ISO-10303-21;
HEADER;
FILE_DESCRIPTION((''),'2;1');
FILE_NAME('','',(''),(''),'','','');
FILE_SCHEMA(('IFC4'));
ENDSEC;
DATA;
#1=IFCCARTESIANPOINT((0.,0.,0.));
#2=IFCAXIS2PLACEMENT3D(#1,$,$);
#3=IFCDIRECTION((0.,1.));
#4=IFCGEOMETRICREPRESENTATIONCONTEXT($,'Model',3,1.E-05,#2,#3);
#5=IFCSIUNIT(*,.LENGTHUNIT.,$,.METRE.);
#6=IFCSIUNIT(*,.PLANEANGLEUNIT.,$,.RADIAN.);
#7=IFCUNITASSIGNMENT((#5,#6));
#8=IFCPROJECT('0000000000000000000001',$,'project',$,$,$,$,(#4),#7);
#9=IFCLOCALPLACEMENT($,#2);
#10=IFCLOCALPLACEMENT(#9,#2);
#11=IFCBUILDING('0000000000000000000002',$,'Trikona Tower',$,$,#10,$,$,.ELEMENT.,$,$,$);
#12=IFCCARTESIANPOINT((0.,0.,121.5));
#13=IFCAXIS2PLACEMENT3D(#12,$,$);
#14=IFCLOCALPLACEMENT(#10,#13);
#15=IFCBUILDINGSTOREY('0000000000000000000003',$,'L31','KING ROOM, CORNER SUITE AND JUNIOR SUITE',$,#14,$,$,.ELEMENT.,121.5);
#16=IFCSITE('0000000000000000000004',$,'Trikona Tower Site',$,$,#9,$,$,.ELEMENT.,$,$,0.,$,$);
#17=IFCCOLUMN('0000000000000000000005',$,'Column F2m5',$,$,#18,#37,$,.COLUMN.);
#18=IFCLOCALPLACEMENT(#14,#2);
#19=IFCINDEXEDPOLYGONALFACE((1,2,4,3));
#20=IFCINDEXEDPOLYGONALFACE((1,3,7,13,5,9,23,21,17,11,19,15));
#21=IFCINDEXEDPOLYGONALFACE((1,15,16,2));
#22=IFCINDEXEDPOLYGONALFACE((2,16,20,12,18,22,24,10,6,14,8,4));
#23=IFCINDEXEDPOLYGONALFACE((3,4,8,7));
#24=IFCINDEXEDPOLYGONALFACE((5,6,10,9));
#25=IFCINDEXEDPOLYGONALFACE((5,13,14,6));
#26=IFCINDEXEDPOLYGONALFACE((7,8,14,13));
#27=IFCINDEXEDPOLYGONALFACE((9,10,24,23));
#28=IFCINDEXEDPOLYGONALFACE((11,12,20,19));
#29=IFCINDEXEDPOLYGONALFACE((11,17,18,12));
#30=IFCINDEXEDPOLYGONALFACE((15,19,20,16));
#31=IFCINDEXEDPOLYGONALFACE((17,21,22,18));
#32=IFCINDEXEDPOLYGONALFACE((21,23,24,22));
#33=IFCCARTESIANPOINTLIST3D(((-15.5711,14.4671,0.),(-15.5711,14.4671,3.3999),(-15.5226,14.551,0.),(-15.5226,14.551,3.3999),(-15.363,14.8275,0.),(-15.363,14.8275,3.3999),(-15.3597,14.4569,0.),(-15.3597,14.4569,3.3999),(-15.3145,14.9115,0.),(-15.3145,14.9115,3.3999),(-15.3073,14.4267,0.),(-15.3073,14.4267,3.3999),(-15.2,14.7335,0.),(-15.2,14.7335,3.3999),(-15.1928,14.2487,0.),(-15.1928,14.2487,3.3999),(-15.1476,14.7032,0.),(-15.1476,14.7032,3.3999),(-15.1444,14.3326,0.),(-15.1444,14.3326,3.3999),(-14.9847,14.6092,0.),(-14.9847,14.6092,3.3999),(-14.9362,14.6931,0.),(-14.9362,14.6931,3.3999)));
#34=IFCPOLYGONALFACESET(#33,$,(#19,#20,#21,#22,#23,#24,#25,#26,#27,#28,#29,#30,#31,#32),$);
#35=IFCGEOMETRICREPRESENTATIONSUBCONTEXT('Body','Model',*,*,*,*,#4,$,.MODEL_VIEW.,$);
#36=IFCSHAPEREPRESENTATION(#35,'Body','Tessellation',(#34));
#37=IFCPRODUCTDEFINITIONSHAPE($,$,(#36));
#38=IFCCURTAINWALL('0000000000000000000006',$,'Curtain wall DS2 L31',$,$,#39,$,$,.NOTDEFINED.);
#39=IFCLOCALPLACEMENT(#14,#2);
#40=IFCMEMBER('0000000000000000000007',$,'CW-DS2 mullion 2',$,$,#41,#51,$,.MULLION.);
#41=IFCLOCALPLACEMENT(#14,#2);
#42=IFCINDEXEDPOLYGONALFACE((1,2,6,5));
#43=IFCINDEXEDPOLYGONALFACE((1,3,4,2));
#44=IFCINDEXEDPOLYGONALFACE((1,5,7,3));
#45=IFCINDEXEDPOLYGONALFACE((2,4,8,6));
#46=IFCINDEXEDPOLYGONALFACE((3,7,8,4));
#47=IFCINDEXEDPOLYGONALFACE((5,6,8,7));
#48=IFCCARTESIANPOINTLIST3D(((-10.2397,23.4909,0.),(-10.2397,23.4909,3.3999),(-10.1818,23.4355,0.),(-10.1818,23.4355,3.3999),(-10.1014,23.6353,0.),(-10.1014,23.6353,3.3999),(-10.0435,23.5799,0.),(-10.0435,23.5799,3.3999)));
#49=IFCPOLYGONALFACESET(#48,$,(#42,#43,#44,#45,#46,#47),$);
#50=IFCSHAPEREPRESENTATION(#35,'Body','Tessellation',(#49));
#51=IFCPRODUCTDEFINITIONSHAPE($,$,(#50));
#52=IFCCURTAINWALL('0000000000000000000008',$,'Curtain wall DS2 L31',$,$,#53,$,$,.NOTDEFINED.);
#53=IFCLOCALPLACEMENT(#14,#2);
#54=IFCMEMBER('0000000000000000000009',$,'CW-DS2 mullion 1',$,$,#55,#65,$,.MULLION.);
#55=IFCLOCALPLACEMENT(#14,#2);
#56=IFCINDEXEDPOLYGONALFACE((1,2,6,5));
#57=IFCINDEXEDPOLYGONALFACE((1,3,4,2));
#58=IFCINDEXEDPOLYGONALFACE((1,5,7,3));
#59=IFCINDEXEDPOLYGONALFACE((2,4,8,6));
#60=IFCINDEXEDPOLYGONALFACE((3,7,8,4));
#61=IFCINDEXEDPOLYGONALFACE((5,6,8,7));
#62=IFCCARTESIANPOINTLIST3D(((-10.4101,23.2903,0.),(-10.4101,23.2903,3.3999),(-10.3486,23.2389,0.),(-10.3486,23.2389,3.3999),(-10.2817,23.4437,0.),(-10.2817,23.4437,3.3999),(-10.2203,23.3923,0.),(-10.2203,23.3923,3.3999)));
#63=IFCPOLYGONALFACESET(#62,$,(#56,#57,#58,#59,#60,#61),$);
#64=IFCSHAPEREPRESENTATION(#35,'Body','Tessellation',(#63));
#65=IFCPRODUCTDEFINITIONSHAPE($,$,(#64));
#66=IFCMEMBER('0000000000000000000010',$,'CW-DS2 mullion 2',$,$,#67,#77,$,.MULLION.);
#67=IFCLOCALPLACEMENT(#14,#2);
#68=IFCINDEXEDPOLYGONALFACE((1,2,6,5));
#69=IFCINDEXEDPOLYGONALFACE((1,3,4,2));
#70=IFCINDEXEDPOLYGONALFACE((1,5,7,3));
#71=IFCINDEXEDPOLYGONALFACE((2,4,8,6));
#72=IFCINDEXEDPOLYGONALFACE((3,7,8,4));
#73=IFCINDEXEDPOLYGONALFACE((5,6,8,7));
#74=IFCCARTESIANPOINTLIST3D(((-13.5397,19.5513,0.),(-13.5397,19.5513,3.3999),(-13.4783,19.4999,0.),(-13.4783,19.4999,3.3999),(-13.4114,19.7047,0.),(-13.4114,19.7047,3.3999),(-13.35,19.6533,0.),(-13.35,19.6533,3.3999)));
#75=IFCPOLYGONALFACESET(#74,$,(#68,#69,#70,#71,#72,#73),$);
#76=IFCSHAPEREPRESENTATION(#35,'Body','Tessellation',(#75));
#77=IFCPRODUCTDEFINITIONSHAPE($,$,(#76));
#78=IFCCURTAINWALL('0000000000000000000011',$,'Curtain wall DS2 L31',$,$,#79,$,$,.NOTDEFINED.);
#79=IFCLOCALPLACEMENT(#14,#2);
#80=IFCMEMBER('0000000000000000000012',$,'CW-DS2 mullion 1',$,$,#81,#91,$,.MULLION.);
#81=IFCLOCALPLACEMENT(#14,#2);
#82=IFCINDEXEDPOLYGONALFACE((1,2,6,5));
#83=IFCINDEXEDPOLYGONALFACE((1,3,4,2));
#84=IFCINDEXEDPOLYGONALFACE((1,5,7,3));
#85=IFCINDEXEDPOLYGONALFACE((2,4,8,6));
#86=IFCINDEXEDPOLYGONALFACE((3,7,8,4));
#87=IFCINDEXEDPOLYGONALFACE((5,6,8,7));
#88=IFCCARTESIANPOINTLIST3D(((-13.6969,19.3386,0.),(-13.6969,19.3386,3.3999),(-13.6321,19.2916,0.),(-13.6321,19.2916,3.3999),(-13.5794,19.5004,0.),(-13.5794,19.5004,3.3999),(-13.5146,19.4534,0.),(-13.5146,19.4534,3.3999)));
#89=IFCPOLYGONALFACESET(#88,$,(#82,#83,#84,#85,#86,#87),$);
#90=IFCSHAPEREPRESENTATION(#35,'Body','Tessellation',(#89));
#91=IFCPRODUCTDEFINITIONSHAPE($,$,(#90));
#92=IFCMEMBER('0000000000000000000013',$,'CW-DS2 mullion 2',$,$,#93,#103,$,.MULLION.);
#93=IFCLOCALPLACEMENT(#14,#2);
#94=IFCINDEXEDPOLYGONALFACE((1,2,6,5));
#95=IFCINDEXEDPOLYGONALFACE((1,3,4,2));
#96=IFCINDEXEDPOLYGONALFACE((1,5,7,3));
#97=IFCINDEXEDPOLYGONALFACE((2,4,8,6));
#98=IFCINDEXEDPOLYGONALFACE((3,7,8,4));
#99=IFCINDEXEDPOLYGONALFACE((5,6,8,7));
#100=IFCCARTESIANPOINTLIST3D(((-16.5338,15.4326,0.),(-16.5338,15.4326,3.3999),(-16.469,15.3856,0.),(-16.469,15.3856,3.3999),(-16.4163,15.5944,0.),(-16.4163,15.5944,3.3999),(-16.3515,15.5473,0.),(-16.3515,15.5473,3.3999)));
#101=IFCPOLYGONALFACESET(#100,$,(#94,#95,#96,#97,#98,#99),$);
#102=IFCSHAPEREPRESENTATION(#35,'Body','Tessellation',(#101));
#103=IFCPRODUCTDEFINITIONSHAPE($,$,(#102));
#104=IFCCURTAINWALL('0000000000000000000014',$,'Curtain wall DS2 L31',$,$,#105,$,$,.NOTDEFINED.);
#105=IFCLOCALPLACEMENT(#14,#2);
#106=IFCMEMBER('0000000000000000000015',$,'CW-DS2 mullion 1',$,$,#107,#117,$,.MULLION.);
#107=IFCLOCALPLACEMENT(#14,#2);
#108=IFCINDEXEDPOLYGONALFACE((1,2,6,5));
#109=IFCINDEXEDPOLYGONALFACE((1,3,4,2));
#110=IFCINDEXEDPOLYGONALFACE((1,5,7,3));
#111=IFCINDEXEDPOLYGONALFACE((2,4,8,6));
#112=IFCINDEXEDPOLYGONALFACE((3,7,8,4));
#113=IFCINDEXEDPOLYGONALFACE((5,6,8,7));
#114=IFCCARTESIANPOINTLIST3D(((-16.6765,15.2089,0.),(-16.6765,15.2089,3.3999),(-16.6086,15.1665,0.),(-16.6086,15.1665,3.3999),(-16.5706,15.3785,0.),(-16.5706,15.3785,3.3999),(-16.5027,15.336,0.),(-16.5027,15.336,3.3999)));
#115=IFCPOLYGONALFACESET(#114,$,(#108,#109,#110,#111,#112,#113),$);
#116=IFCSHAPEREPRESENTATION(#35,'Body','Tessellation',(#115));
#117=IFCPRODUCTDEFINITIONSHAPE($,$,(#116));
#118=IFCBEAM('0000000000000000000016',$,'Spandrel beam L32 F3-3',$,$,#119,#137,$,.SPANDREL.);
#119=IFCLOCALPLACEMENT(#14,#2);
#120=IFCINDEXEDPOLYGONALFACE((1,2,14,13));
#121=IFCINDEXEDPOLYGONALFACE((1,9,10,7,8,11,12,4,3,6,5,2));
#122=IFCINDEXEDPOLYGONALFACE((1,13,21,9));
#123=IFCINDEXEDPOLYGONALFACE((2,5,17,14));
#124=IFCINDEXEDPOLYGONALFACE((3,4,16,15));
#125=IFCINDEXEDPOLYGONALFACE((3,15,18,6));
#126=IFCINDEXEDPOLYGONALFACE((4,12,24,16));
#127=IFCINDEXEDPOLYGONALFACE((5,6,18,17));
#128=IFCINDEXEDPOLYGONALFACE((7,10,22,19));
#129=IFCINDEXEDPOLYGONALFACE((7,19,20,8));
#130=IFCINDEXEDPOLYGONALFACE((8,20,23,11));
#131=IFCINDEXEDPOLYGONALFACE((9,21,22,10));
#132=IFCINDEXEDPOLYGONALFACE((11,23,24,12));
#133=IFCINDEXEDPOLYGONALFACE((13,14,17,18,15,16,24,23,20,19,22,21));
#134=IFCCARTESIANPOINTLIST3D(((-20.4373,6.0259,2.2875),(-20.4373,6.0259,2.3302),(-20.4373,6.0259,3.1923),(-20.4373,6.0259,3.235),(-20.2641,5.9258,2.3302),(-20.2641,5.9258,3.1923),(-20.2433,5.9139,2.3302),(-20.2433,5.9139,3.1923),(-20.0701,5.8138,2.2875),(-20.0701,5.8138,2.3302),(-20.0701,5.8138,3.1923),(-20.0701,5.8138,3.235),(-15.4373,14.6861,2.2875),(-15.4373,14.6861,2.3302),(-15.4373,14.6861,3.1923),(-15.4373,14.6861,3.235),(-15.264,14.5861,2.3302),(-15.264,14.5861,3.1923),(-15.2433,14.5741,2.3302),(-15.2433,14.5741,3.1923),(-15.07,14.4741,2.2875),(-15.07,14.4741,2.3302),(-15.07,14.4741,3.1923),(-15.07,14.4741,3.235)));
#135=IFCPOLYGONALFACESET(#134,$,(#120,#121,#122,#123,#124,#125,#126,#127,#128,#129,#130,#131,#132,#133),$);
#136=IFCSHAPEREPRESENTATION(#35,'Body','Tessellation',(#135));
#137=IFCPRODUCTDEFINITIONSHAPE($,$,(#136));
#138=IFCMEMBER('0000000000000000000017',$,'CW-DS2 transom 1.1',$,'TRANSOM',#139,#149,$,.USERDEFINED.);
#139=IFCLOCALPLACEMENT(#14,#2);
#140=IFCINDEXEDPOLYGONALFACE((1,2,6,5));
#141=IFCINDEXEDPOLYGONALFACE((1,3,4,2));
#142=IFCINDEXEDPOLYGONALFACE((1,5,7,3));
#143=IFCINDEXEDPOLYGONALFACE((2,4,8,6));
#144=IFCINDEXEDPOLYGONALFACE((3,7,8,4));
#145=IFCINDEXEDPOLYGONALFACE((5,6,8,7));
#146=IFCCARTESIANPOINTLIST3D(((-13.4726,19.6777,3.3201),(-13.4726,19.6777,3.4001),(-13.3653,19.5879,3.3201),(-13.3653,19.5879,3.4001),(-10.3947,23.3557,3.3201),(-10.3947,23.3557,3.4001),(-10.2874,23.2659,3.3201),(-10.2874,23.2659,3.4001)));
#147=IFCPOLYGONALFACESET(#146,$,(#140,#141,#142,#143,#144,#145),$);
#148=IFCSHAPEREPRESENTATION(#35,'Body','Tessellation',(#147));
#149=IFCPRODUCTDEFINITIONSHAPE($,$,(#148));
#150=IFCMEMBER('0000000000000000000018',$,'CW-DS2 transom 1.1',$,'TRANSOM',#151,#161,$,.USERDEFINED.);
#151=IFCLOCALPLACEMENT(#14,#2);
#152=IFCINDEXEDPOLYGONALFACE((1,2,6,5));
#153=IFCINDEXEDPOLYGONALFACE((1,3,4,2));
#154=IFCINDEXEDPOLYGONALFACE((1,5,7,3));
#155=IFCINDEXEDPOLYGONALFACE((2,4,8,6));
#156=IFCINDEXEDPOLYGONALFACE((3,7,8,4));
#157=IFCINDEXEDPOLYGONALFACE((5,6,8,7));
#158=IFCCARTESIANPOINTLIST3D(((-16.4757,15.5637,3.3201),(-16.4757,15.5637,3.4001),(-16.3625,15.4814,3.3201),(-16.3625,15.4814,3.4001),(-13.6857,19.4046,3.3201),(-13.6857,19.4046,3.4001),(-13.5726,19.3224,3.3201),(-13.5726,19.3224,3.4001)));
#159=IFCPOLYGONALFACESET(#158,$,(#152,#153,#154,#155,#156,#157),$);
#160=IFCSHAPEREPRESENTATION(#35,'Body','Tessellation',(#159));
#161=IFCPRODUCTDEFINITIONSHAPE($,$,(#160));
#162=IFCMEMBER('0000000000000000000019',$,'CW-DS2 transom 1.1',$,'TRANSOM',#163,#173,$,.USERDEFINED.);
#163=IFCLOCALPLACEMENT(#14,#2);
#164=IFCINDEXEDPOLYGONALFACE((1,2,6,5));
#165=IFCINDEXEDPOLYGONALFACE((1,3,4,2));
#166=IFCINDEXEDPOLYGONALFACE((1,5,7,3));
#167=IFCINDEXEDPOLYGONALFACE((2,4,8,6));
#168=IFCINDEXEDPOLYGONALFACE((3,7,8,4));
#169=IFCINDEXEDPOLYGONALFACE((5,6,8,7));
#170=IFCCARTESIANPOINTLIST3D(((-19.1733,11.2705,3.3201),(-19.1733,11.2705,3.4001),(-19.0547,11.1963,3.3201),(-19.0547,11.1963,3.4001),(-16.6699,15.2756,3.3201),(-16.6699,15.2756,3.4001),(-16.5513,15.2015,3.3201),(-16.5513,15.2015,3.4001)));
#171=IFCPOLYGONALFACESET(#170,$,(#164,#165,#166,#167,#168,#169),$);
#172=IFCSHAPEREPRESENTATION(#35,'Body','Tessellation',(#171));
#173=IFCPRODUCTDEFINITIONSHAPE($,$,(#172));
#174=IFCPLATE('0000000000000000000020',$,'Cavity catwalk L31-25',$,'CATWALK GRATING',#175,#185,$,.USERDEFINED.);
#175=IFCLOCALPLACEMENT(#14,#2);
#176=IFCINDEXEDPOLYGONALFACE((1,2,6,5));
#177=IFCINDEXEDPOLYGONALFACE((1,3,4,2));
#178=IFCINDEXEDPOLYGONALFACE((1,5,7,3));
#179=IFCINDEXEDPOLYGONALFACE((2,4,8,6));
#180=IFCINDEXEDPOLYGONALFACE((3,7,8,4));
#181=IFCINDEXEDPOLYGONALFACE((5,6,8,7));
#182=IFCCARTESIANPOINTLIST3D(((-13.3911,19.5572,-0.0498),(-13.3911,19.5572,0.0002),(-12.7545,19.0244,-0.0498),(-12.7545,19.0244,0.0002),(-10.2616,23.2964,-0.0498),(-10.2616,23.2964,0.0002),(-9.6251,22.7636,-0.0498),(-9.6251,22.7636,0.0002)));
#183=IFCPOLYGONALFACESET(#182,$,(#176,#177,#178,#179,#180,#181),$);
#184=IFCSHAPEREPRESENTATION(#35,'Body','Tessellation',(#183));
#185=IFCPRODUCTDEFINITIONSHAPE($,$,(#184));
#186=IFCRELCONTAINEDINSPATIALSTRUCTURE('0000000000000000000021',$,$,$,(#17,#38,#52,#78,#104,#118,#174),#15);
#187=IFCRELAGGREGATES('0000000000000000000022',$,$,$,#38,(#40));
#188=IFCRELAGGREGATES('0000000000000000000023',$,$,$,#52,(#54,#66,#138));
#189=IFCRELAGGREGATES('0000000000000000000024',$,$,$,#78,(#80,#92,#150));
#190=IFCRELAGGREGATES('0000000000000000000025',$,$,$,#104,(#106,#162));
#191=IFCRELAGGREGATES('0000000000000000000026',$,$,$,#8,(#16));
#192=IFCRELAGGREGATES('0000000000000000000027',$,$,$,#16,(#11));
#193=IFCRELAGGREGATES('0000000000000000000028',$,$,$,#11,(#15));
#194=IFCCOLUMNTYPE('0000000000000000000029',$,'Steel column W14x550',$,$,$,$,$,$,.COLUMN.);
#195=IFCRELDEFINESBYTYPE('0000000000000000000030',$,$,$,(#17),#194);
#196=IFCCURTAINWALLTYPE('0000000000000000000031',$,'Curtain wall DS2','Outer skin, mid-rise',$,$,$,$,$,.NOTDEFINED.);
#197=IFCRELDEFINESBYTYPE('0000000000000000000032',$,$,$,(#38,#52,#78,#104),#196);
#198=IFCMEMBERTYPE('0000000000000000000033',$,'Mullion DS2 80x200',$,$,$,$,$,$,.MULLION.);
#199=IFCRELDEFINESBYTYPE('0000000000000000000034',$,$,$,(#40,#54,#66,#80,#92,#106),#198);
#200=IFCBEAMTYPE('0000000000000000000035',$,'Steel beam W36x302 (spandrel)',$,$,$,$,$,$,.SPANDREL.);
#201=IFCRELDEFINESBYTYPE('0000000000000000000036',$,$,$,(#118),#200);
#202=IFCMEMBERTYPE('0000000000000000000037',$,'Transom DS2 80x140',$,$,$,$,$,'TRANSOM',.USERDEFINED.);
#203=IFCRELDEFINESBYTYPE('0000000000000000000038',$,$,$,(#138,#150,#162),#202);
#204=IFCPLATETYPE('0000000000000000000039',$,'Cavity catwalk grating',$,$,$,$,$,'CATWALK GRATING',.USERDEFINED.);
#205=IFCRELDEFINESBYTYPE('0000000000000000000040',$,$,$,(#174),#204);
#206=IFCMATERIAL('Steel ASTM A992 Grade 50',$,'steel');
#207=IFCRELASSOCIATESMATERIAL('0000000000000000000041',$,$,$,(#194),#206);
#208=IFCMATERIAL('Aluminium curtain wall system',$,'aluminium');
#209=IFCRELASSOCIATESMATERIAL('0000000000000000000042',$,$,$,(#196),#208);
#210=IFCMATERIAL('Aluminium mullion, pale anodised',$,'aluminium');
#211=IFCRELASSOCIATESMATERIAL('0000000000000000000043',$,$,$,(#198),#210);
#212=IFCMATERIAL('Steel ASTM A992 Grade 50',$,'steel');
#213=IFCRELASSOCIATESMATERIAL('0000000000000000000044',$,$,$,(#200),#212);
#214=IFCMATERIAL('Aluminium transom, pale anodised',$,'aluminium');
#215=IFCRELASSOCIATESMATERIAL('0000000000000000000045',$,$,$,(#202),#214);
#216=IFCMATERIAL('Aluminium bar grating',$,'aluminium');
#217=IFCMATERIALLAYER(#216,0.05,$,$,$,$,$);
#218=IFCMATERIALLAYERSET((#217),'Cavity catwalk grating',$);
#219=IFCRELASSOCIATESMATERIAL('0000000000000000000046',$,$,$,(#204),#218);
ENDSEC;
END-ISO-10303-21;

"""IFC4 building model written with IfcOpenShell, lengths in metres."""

from ifc_helpers import new_model, si_unit, direction, frame, origin, origin_2d, place, context, subcontext, project, spatial, rectangle, i_section, extrude, material, layer, layer_set, material_profile, profile_set, type_object, element, aggregate, save


model = new_model("IFC4")

# Units and contexts
model_context = context("Model", 3, precision=1e-05, world=origin(), true_north=direction((0.0, 1.0)))
body_context = subcontext(model_context, "Body", "Model", "MODEL_VIEW")
ifc_project = project(units=[si_unit("LENGTHUNIT", "METRE"), si_unit("PLANEANGLEUNIT", "RADIAN")], contexts=[model_context])

# Site, building, storey
site_placement = place(None, origin())
site = spatial("IfcSite", under=ifc_project, at=site_placement, Name="Trikona Tower Site", CompositionType="ELEMENT", RefElevation=0.0)
building_placement = place(site_placement, origin())
building = spatial("IfcBuilding", under=site, at=building_placement, Name="Trikona Tower", CompositionType="ELEMENT")
storey_placement = place(building_placement, frame((0.0, 0.0, 121.5)))
storey = spatial("IfcBuildingStorey", under=building, at=storey_placement, Name="L31", Description="KING ROOM, CORNER SUITE AND JUNIOR SUITE", CompositionType="ELEMENT", Elevation=121.5)

# Column
ifc_material_1 = material(Name="Steel ASTM A992 Grade 50", Category="steel")
ifc_material_profile_1 = material_profile(ifc_material_1, i_section(OverallWidth=0.4368, OverallDepth=0.5132, WebThickness=0.0605, FlangeThickness=0.0969, at=origin_2d()), Name="W14X550")
ifc_profile_set_1 = profile_set([ifc_material_profile_1], Name="Steel ASTM A992 Grade 50")
column_type = type_object("IfcColumnType", Name="Steel column W14x550", PredefinedType="COLUMN", material=ifc_profile_set_1)
column_placement = place(storey_placement, frame((-15.2537, 14.5801, 0.0), z_axis=(0.0, 0.0, 1.0), x_axis=(-0.866025, 0.5, 0.0)))
element("IfcColumn", 1, at=column_placement, inside=storey, type_object=column_type, Name="Column F2m5", PredefinedType="COLUMN", context=body_context, shape_type="SweptSolid", body=[
    extrude(i_section(OverallWidth=0.4368, OverallDepth=0.5132, WebThickness=0.0605, FlangeThickness=0.0969, at=origin_2d()), origin(), (0.0, 0.0, 1.0), 3.3999),
])

# Curtain wall, member
ifc_material_2 = material(Name="Aluminium curtain wall system", Category="aluminium")
curtain_wall_type = type_object("IfcCurtainWallType", Name="Curtain wall DS2", Description="Outer skin, mid-rise", PredefinedType="NOTDEFINED", material=ifc_material_2)
curtain_wall_1_placement = place(storey_placement, origin())
curtain_wall_1 = element("IfcCurtainWall", 2, at=curtain_wall_1_placement, inside=storey, type_object=curtain_wall_type, Name="Curtain wall DS2 L31", PredefinedType="NOTDEFINED")
ifc_material_3 = material(Name="Aluminium mullion, pale anodised", Category="aluminium")
ifc_material_profile_2 = material_profile(ifc_material_3, rectangle(XDim=0.0801, YDim=0.2, at=origin_2d()), Name="MUL-DS2")
ifc_profile_set_2 = profile_set([ifc_material_profile_2], Name="Aluminium mullion, pale anodised")
member_type_1 = type_object("IfcMemberType", Name="Mullion DS2 80x200", PredefinedType="MULLION", material=ifc_profile_set_2)
member_1_placement = place(storey_placement, frame((-10.1416, 23.5354, 0.0), z_axis=(0.0, 0.0, 1.0), x_axis=(0.722158, -0.691728, 0.0)))
member_1 = element("IfcMember", 3, at=member_1_placement, type_object=member_type_1, Name="CW-DS2 mullion 2", PredefinedType="MULLION", context=body_context, shape_type="SweptSolid", body=[
    extrude(rectangle(XDim=0.0801, YDim=0.2, at=origin_2d()), origin(), (0.0, 0.0, 1.0), 3.3999),
])
aggregate(curtain_wall_1, [member_1])

# Curtain walls, members
curtain_wall_2_placement = place(storey_placement, origin())
curtain_wall_2 = element("IfcCurtainWall", 4, at=curtain_wall_2_placement, inside=storey, type_object=curtain_wall_type, Name="Curtain wall DS2 L31", PredefinedType="NOTDEFINED")
member_2_placement = place(storey_placement, frame((-10.3152, 23.3413, 0.0), z_axis=(0.0, 0.0, 1.0), x_axis=(0.766867, -0.641806, 0.0)))
member_2 = element("IfcMember", 5, at=member_2_placement, type_object=member_type_1, Name="CW-DS2 mullion 1", PredefinedType="MULLION", context=body_context, shape_type="SweptSolid", body=[
    extrude(rectangle(XDim=0.0801, YDim=0.2, at=origin_2d()), origin(), (0.0, 0.0, 1.0), 3.3999),
])
member_3_placement = place(storey_placement, frame((-13.4448, 19.6023, 0.0), z_axis=(0.0, 0.0, 1.0), x_axis=(0.766867, -0.641806, 0.0)))
member_3 = element("IfcMember", 6, at=member_3_placement, type_object=member_type_1, Name="CW-DS2 mullion 2", PredefinedType="MULLION", context=body_context, shape_type="SweptSolid", body=[
    extrude(rectangle(XDim=0.0801, YDim=0.2, at=origin_2d()), origin(), (0.0, 0.0, 1.0), 3.3999),
])
curtain_wall_3_placement = place(storey_placement, origin())
curtain_wall_3 = element("IfcCurtainWall", 7, at=curtain_wall_3_placement, inside=storey, type_object=curtain_wall_type, Name="Curtain wall DS2 L31", PredefinedType="NOTDEFINED")
member_4_placement = place(storey_placement, frame((-13.6057, 19.396, 0.0), z_axis=(0.0, 0.0, 1.0), x_axis=(0.809086, -0.587691, 0.0)))
member_4 = element("IfcMember", 8, at=member_4_placement, type_object=member_type_1, Name="CW-DS2 mullion 1", PredefinedType="MULLION", context=body_context, shape_type="SweptSolid", body=[
    extrude(rectangle(XDim=0.0801, YDim=0.2, at=origin_2d()), origin(), (0.0, 0.0, 1.0), 3.3999),
])
member_5_placement = place(storey_placement, frame((-16.4426, 15.49, 0.0), z_axis=(0.0, 0.0, 1.0), x_axis=(0.809086, -0.587691, 0.0)))
member_5 = element("IfcMember", 9, at=member_5_placement, type_object=member_type_1, Name="CW-DS2 mullion 2", PredefinedType="MULLION", context=body_context, shape_type="SweptSolid", body=[
    extrude(rectangle(XDim=0.0801, YDim=0.2, at=origin_2d()), origin(), (0.0, 0.0, 1.0), 3.3999),
])

# Curtain wall, member
curtain_wall_4_placement = place(storey_placement, origin())
curtain_wall_4 = element("IfcCurtainWall", 10, at=curtain_wall_4_placement, inside=storey, type_object=curtain_wall_type, Name="Curtain wall DS2 L31", PredefinedType="NOTDEFINED")
member_6_placement = place(storey_placement, frame((-16.5896, 15.2725, 0.0), z_axis=(0.0, 0.0, 1.0), x_axis=(0.847998, -0.529999, 0.0)))
member_6 = element("IfcMember", 11, at=member_6_placement, type_object=member_type_1, Name="CW-DS2 mullion 1", PredefinedType="MULLION", context=body_context, shape_type="SweptSolid", body=[
    extrude(rectangle(XDim=0.0801, YDim=0.2, at=origin_2d()), origin(), (0.0, 0.0, 1.0), 3.3999),
])

# Beam
ifc_material_4 = material(Name="Steel ASTM A992 Grade 50", Category="steel")
ifc_material_profile_3 = material_profile(ifc_material_4, i_section(OverallWidth=0.4241, OverallDepth=0.9475, WebThickness=0.0239, FlangeThickness=0.0427, at=origin_2d()), Name="W36X302")
ifc_profile_set_3 = profile_set([ifc_material_profile_3], Name="Steel ASTM A992 Grade 50")
beam_type = type_object("IfcBeamType", Name="Steel beam W36x302 (spandrel)", PredefinedType="SPANDREL", material=ifc_profile_set_3)
beam_placement = place(storey_placement, frame((-15.2537, 14.5801, 2.7612), z_axis=(-0.500004, -0.866023, 0.0), x_axis=(0.866023, -0.500004, 0.0)))
element("IfcBeam", 12, at=beam_placement, inside=storey, type_object=beam_type, Name="Spandrel beam L32 F3-3", PredefinedType="SPANDREL", context=body_context, shape_type="SweptSolid", body=[
    extrude(i_section(OverallWidth=0.4241, OverallDepth=0.9475, WebThickness=0.0239, FlangeThickness=0.0427, at=origin_2d()), origin(), (0.0, 0.0, 1.0), 10.0),
])

# Members
ifc_material_5 = material(Name="Aluminium transom, pale anodised", Category="aluminium")
ifc_material_profile_4 = material_profile(ifc_material_5, rectangle(XDim=0.1399, YDim=0.0801, at=origin_2d()), Name="TRN-DS2")
ifc_profile_set_4 = profile_set([ifc_material_profile_4], Name="Aluminium transom, pale anodised")
member_type_2 = type_object("IfcMemberType", Name="Transom DS2 80x140", ElementType="TRANSOM", PredefinedType="USERDEFINED", material=ifc_profile_set_4)
member_7_placement = place(storey_placement, frame((-10.3411, 23.3108, 3.3601), z_axis=(-0.64177, -0.766897, 0.0), x_axis=(0.766897, -0.64177, 0.0)))
member_7 = element("IfcMember", 13, at=member_7_placement, type_object=member_type_2, Name="CW-DS2 transom 1.1", ObjectType="TRANSOM", PredefinedType="USERDEFINED", context=body_context, shape_type="SweptSolid", body=[
    extrude(rectangle(XDim=0.1399, YDim=0.0801, at=origin_2d()), origin(), (0.0, 0.0, 1.0), 4.7959),
])
member_8_placement = place(storey_placement, frame((-13.6292, 19.3635, 3.3601), z_axis=(-0.587695, -0.809083, 0.0), x_axis=(0.809083, -0.587695, 0.0)))
member_8 = element("IfcMember", 14, at=member_8_placement, type_object=member_type_2, Name="CW-DS2 transom 1.1", ObjectType="TRANSOM", PredefinedType="USERDEFINED", context=body_context, shape_type="SweptSolid", body=[
    extrude(rectangle(XDim=0.1399, YDim=0.0801, at=origin_2d()), origin(), (0.0, 0.0, 1.0), 4.7473),
])
member_9_placement = place(storey_placement, frame((-16.6106, 15.2385, 3.3601), z_axis=(-0.530031, -0.847978, 0.0), x_axis=(0.847978, -0.530031, 0.0)))
member_9 = element("IfcMember", 15, at=member_9_placement, type_object=member_type_2, Name="CW-DS2 transom 1.1", ObjectType="TRANSOM", PredefinedType="USERDEFINED", context=body_context, shape_type="SweptSolid", body=[
    extrude(rectangle(XDim=0.1399, YDim=0.0801, at=origin_2d()), origin(), (0.0, 0.0, 1.0), 4.7231),
])

# Plate
ifc_material_6 = material(Name="Aluminium bar grating", Category="aluminium")
ifc_layer_1 = layer(ifc_material_6, 0.05)
ifc_layer_set_1 = layer_set([ifc_layer_1], Name="Cavity catwalk grating")
plate_type_1 = type_object("IfcPlateType", Name="Cavity catwalk grating", ElementType="CATWALK GRATING", PredefinedType="USERDEFINED", material=ifc_layer_set_1)
plate_1_placement = place(storey_placement, frame((-11.5081, 21.1604, -0.0498), z_axis=(0.0, 0.0, 1.0), x_axis=(-0.641807, -0.766866, 0.0)))
element("IfcPlate", 16, at=plate_1_placement, inside=storey, type_object=plate_type_1, Name="Cavity catwalk L31-25", ObjectType="CATWALK GRATING", PredefinedType="USERDEFINED", context=body_context, shape_type="SweptSolid", body=[
    extrude(rectangle(XDim=4.876, YDim=0.8301, at=origin_2d()), origin(), (0.0, 0.0, 1.0), 0.05),
])

aggregate(curtain_wall_2, [member_2, member_3, member_7])
aggregate(curtain_wall_3, [member_4, member_5, member_8])
aggregate(curtain_wall_4, [member_6, member_9])

save(model, "model.ifc")
